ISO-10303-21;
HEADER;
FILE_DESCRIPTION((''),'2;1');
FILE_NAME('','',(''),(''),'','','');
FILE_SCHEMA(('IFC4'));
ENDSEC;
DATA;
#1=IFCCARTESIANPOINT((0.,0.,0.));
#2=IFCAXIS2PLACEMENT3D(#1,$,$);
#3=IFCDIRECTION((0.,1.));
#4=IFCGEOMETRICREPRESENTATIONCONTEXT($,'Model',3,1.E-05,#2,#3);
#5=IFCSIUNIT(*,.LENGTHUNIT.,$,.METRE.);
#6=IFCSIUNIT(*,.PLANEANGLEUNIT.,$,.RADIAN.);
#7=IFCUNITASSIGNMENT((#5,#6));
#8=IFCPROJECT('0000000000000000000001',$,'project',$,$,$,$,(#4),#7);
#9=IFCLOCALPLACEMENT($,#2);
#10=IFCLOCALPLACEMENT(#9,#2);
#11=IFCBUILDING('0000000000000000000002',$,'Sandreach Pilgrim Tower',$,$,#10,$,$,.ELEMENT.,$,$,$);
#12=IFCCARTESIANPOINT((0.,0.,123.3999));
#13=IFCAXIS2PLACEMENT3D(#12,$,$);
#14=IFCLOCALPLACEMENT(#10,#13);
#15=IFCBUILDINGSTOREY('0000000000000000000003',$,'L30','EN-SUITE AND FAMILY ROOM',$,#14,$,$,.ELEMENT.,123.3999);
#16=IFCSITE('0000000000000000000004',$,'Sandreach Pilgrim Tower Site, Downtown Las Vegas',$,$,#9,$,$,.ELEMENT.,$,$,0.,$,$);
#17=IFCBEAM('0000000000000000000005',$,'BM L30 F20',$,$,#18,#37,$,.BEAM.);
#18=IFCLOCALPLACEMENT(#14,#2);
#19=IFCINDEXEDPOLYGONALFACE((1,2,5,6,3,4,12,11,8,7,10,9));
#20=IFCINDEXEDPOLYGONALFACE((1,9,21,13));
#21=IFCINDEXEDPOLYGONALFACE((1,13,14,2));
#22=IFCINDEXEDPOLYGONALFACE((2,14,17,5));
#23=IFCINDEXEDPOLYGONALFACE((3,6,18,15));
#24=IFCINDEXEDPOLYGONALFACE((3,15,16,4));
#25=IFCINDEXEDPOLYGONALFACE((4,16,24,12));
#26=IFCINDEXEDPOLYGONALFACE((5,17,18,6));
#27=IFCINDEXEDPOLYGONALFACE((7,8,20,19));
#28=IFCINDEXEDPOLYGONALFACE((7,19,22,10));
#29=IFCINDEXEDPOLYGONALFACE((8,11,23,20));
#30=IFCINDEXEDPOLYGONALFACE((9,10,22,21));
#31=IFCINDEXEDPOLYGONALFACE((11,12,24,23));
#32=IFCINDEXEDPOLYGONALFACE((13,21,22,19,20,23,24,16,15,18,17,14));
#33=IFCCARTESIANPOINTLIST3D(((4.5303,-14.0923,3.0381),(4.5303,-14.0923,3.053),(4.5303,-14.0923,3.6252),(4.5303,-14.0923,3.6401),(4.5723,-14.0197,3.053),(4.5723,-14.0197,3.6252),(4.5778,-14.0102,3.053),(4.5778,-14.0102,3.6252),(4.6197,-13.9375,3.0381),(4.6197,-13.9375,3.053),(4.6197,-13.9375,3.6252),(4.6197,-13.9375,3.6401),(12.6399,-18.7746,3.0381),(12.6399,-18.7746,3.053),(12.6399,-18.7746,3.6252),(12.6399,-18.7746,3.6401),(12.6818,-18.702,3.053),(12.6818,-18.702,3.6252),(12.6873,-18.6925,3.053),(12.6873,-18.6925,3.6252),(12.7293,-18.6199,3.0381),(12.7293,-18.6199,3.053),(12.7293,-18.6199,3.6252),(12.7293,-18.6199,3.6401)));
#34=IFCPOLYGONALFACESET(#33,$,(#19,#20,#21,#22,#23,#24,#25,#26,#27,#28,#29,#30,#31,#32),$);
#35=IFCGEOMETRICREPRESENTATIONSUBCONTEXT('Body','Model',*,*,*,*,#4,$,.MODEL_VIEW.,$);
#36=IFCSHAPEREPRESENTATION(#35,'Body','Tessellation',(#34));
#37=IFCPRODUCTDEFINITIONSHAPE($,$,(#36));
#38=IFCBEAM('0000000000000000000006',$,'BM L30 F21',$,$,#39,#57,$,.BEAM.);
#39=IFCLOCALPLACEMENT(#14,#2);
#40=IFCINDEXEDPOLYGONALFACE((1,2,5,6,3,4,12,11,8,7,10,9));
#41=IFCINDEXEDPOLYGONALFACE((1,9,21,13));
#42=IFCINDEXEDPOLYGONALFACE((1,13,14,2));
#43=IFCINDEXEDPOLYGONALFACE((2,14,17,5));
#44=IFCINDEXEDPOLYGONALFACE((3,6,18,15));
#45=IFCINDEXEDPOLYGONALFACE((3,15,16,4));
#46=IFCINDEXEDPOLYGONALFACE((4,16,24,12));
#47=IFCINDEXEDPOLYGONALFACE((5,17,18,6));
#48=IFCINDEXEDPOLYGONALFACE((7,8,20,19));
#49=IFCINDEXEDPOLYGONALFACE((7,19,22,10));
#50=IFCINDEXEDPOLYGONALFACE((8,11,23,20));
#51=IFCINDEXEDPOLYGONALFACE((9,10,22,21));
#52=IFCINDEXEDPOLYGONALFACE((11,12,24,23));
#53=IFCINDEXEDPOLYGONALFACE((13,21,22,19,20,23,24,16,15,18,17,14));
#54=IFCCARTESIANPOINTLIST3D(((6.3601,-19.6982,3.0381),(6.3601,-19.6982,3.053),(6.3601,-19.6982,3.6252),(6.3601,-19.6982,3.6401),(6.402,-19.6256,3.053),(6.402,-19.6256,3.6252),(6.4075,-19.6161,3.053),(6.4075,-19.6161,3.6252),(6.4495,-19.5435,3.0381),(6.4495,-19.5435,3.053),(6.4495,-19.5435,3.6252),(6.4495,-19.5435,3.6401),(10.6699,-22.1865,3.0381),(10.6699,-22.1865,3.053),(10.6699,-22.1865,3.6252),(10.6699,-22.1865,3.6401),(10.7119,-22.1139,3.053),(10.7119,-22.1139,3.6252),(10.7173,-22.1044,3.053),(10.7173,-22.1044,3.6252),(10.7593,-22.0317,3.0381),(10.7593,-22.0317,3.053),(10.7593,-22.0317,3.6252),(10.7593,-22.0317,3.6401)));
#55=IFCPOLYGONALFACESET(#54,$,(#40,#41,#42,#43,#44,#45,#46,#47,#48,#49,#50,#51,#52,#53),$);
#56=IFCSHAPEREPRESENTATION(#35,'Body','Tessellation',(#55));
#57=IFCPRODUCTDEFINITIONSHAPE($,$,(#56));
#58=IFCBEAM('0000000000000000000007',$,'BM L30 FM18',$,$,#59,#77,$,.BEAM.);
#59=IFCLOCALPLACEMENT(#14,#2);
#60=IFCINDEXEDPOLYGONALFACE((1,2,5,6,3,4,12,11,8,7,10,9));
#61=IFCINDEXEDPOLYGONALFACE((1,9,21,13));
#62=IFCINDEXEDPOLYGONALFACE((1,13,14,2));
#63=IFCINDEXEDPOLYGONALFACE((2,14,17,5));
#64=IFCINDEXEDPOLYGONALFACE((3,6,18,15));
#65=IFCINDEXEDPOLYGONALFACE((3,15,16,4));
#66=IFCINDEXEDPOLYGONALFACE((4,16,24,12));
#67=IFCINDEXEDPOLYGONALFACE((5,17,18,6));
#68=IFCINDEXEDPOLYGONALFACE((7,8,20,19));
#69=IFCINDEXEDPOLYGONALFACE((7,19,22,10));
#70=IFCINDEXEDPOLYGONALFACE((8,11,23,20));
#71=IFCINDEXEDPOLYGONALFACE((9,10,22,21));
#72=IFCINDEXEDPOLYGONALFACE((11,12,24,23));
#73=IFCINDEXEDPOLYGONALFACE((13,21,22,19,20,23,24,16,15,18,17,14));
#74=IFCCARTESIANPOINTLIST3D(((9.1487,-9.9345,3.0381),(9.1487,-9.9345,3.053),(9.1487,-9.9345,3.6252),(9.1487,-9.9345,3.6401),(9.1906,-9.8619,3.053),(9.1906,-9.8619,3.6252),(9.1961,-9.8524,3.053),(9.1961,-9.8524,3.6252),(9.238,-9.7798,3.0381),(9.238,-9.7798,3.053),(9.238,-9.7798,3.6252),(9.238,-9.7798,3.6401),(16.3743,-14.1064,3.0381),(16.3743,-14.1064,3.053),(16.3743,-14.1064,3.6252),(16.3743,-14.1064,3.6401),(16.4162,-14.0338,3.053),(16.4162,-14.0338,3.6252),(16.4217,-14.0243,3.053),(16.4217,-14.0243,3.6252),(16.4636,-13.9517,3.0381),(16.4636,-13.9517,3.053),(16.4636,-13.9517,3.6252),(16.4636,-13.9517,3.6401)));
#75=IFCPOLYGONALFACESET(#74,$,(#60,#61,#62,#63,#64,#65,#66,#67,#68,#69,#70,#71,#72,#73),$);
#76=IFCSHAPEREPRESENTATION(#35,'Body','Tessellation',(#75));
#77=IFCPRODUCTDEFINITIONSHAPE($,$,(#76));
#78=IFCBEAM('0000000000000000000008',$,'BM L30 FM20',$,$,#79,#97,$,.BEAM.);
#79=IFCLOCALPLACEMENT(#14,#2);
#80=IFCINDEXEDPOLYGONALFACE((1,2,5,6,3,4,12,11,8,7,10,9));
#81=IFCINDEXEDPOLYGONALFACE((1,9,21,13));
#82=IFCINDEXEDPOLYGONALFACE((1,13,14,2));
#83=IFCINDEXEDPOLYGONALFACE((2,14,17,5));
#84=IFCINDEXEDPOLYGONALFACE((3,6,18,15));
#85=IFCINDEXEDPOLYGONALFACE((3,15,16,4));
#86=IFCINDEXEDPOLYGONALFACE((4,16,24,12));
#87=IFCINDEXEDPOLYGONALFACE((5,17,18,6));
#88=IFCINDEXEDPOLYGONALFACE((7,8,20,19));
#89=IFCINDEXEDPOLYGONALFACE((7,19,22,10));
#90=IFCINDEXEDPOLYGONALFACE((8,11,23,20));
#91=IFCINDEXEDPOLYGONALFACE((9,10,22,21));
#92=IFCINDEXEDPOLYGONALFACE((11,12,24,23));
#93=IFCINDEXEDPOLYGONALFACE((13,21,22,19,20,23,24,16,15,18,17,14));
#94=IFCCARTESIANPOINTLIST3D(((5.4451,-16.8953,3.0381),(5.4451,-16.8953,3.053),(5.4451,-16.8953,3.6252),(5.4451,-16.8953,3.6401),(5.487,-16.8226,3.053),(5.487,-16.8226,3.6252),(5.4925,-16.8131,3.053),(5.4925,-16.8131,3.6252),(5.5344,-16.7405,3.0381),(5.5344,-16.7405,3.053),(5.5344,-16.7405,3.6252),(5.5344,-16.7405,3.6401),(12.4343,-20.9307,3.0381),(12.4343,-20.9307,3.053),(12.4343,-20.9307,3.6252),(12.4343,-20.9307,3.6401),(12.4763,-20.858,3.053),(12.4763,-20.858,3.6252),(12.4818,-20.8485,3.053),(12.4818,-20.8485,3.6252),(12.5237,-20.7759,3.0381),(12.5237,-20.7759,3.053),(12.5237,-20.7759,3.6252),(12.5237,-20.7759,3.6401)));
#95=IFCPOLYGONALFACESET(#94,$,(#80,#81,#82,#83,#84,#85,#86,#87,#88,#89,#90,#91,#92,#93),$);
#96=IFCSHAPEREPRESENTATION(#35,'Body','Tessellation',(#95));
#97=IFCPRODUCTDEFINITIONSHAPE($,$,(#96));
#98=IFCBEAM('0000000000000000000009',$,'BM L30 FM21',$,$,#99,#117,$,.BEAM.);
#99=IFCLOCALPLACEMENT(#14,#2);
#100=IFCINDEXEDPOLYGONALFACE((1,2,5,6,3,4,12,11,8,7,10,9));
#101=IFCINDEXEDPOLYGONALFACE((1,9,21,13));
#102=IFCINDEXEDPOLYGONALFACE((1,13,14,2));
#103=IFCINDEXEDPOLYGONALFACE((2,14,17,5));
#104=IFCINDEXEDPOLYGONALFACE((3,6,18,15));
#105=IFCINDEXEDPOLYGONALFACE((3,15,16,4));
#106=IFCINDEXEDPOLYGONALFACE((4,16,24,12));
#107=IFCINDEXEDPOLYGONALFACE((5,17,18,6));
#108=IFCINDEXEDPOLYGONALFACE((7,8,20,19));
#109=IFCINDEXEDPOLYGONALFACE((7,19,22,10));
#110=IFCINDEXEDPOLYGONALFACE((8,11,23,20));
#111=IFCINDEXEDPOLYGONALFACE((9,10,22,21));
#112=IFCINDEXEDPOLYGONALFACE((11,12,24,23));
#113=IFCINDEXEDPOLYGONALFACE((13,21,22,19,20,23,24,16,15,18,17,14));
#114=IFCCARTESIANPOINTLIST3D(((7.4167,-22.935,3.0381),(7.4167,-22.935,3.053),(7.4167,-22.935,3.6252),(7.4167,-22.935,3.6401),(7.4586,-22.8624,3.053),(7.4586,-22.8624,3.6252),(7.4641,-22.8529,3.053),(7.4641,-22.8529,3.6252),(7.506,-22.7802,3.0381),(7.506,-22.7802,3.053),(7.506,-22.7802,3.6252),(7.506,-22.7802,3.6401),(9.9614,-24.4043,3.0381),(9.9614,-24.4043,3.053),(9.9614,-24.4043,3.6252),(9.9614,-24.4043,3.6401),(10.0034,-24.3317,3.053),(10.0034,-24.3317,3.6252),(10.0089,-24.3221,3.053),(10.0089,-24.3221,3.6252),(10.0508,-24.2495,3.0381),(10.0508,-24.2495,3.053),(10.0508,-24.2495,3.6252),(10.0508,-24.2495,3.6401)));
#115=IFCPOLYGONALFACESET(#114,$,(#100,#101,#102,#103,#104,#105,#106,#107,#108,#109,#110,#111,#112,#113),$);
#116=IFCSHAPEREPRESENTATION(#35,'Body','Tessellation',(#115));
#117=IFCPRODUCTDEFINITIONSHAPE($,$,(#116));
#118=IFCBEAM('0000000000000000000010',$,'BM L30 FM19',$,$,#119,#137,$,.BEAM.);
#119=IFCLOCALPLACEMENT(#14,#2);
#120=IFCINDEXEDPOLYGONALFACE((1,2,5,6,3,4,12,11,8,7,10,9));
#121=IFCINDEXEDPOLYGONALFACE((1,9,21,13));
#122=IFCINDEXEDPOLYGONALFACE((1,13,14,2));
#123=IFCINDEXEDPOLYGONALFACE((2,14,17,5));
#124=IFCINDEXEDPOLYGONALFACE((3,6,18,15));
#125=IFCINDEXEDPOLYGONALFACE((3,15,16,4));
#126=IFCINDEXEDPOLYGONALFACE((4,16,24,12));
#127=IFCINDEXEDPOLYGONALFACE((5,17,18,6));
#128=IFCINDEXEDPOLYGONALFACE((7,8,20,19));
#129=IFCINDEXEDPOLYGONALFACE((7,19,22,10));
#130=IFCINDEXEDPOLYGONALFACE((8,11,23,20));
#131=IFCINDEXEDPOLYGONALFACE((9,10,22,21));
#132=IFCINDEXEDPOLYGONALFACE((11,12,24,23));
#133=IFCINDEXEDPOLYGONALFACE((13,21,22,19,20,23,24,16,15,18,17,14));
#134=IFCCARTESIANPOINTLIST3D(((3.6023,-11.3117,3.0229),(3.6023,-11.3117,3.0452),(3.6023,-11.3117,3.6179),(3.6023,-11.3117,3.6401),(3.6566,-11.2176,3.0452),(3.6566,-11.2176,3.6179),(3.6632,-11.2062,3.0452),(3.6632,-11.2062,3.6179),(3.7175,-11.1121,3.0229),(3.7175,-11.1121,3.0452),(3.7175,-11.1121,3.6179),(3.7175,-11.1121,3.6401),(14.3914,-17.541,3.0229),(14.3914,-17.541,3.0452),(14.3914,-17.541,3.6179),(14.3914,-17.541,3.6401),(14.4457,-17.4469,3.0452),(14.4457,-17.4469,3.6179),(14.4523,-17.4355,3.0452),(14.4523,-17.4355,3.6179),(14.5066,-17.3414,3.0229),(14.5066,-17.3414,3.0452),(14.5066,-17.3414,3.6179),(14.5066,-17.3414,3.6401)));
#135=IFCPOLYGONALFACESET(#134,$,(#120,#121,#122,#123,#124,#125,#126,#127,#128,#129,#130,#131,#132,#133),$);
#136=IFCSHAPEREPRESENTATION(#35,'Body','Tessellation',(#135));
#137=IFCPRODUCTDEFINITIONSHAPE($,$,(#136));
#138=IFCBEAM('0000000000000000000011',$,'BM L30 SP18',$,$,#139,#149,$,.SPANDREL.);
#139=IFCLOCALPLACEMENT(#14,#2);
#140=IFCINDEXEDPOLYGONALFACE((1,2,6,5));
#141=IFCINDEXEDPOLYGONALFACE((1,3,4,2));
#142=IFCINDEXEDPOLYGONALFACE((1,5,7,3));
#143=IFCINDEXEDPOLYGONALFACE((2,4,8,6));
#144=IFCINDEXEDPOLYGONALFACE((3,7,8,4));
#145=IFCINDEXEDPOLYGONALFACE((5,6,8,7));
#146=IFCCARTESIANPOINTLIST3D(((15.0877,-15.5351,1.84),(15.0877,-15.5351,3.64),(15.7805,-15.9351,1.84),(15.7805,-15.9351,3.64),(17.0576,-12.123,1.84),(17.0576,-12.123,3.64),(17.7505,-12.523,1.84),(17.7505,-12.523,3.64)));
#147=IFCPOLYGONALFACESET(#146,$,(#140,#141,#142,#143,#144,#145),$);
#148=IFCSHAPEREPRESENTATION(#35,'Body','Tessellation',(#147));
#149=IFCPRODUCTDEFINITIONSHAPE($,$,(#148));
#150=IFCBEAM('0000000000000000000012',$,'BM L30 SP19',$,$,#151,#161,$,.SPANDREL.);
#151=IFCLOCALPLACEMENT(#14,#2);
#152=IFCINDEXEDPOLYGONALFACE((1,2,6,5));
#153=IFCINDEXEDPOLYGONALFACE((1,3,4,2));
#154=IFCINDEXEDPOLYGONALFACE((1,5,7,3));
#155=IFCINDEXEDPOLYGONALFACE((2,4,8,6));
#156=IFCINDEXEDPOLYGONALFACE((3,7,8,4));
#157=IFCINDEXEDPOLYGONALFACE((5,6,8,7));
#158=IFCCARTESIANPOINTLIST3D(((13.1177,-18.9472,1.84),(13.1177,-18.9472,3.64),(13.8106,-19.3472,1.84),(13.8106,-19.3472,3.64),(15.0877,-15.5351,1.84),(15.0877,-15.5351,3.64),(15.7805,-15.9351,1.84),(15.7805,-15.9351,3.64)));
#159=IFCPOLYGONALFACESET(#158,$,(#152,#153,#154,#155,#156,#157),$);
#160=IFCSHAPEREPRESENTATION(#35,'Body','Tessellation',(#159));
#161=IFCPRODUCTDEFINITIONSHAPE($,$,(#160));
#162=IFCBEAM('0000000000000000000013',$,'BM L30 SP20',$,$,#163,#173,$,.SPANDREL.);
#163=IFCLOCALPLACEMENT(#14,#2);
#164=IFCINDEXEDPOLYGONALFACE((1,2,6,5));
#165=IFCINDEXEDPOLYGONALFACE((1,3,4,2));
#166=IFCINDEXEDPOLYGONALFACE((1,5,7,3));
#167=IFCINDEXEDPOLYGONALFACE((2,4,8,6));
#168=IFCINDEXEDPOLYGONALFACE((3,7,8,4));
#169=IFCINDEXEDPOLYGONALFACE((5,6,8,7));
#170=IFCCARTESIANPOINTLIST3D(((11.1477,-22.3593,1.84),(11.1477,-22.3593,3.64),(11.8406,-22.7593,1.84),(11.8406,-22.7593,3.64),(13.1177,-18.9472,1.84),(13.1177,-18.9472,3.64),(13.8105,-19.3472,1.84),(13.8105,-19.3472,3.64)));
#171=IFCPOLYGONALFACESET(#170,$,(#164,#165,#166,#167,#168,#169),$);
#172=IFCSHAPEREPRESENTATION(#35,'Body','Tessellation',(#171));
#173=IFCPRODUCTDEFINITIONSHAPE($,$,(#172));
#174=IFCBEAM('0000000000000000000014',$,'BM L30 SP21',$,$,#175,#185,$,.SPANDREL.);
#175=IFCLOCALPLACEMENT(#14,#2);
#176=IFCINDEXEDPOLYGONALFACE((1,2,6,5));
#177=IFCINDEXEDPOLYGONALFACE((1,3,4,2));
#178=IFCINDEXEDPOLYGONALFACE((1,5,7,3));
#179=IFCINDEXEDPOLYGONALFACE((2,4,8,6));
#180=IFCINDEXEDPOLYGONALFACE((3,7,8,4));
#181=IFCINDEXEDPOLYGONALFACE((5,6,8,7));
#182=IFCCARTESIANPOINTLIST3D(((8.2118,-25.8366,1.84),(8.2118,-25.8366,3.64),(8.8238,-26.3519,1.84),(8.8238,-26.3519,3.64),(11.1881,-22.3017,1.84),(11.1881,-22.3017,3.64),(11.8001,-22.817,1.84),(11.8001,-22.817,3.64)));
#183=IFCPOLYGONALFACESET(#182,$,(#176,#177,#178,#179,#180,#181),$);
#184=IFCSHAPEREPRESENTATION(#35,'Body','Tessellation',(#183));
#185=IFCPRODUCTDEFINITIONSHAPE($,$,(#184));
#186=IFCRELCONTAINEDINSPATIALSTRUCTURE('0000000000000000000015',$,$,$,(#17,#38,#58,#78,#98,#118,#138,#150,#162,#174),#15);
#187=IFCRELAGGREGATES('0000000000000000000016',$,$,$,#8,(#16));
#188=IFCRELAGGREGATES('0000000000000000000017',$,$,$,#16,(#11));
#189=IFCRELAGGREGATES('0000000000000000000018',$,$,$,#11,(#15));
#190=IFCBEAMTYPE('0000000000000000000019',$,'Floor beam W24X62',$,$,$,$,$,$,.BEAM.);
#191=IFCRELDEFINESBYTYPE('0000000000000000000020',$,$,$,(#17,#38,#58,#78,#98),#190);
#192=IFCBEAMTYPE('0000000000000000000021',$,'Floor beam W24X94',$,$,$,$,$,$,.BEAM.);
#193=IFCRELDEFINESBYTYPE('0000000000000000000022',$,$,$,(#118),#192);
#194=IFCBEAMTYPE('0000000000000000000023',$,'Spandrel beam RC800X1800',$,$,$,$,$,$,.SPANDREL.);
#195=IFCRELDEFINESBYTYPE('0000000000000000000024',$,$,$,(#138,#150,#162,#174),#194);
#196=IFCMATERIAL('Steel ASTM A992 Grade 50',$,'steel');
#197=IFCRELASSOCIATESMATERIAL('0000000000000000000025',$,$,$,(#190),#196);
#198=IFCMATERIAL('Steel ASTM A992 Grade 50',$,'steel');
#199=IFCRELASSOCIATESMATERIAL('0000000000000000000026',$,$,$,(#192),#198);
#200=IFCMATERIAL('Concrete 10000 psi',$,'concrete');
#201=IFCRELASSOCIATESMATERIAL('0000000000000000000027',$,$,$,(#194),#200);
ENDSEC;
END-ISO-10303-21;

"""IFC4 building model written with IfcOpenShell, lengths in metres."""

from ifc_helpers import new_model, si_unit, direction, frame, origin, origin_2d, place, context, subcontext, project, spatial, rectangle, i_section, extrude, material, material_profile, profile_set, type_object, element, save


model = new_model("IFC4")

# Units and contexts
model_context = context("Model", 3, precision=1e-05, world=origin(), true_north=direction((0.0, 1.0)))
body_context = subcontext(model_context, "Body", "Model", "MODEL_VIEW")
ifc_project = project(units=[si_unit("LENGTHUNIT", "METRE"), si_unit("PLANEANGLEUNIT", "RADIAN")], contexts=[model_context])

# Site, building, storey
site_placement = place(None, origin())
site = spatial("IfcSite", under=ifc_project, at=site_placement, Name="Sandreach Pilgrim Tower Site, Downtown Las Vegas", CompositionType="ELEMENT", RefElevation=0.0)
building_placement = place(site_placement, origin())
building = spatial("IfcBuilding", under=site, at=building_placement, Name="Sandreach Pilgrim Tower", CompositionType="ELEMENT")
storey_placement = place(building_placement, frame((0.0, 0.0, 123.3999)))
storey = spatial("IfcBuildingStorey", under=building, at=storey_placement, Name="L30", Description="EN-SUITE AND FAMILY ROOM", CompositionType="ELEMENT", Elevation=123.3999)

# Beams
ifc_material_1 = material(Name="Steel ASTM A992 Grade 50", Category="steel")
ifc_material_profile_1 = material_profile(ifc_material_1, i_section(OverallWidth=0.1787, OverallDepth=0.6021, WebThickness=0.011, FlangeThickness=0.0149, at=origin_2d()), Name="W24X62")
ifc_profile_set_1 = profile_set([ifc_material_profile_1], Name="Steel ASTM A992 Grade 50")
beam_type_1 = type_object("IfcBeamType", Name="Floor beam W24X62", PredefinedType="BEAM", material=ifc_profile_set_1)
beam_1_placement = place(storey_placement, frame((12.6846, -18.6973, 3.3391), z_axis=(-0.866012, 0.500023, 0.0), x_axis=(-0.500023, -0.866012, 0.0)))
element("IfcBeam", 1, at=beam_1_placement, inside=storey, type_object=beam_type_1, Name="BM L30 F20", PredefinedType="BEAM", context=body_context, shape_type="SweptSolid", body=[
    extrude(i_section(OverallWidth=0.1787, OverallDepth=0.6021, WebThickness=0.011, FlangeThickness=0.0149, at=origin_2d()), origin(), (0.0, 0.0, 1.0), 9.3643),
])
beam_2_placement = place(storey_placement, frame((10.7146, -22.1091, 3.3391), z_axis=(-0.866025, 0.500001, 0.0), x_axis=(-0.500001, -0.866025, 0.0)))
element("IfcBeam", 2, at=beam_2_placement, inside=storey, type_object=beam_type_1, Name="BM L30 F21", PredefinedType="BEAM", context=body_context, shape_type="SweptSolid", body=[
    extrude(i_section(OverallWidth=0.1787, OverallDepth=0.6021, WebThickness=0.011, FlangeThickness=0.0149, at=origin_2d()), origin(), (0.0, 0.0, 1.0), 4.9766),
])
beam_3_placement = place(storey_placement, frame((16.4189, -14.0291, 3.3391), z_axis=(-0.866016, 0.500016, 0.0), x_axis=(-0.500016, -0.866016, 0.0)))
element("IfcBeam", 3, at=beam_3_placement, inside=storey, type_object=beam_type_1, Name="BM L30 FM18", PredefinedType="BEAM", context=body_context, shape_type="SweptSolid", body=[
    extrude(i_section(OverallWidth=0.1787, OverallDepth=0.6021, WebThickness=0.011, FlangeThickness=0.0149, at=origin_2d()), origin(), (0.0, 0.0, 1.0), 8.3435),
])
beam_4_placement = place(storey_placement, frame((12.479, -20.8533, 3.3391), z_axis=(-0.866017, 0.500014, 0.0), x_axis=(-0.500014, -0.866017, 0.0)))
element("IfcBeam", 4, at=beam_4_placement, inside=storey, type_object=beam_type_1, Name="BM L30 FM20", PredefinedType="BEAM", context=body_context, shape_type="SweptSolid", body=[
    extrude(i_section(OverallWidth=0.1787, OverallDepth=0.6021, WebThickness=0.011, FlangeThickness=0.0149, at=origin_2d()), origin(), (0.0, 0.0, 1.0), 8.0706),
])
beam_5_placement = place(storey_placement, frame((10.0061, -24.3269, 3.3391), z_axis=(-0.866015, 0.500017, 0.0), x_axis=(-0.500017, -0.866015, 0.0)))
element("IfcBeam", 5, at=beam_5_placement, inside=storey, type_object=beam_type_1, Name="BM L30 FM21", PredefinedType="BEAM", context=body_context, shape_type="SweptSolid", body=[
    extrude(i_section(OverallWidth=0.1787, OverallDepth=0.6021, WebThickness=0.011, FlangeThickness=0.0149, at=origin_2d()), origin(), (0.0, 0.0, 1.0), 2.9385),
])
ifc_material_2 = material(Name="Steel ASTM A992 Grade 50", Category="steel")
ifc_material_profile_2 = material_profile(ifc_material_2, i_section(OverallWidth=0.2305, OverallDepth=0.6172, WebThickness=0.0132, FlangeThickness=0.0222, at=origin_2d()), Name="W24X94")
ifc_profile_set_2 = profile_set([ifc_material_profile_2], Name="Steel ASTM A992 Grade 50")
beam_type_2 = type_object("IfcBeamType", Name="Floor beam W24X94", PredefinedType="BEAM", material=ifc_profile_set_2)
beam_6_placement = place(storey_placement, frame((14.449, -17.4412, 3.3315), z_axis=(-0.866019, 0.500011, 0.0), x_axis=(-0.500011, -0.866019, 0.0)))
element("IfcBeam", 6, at=beam_6_placement, inside=storey, type_object=beam_type_2, Name="BM L30 FM19", PredefinedType="BEAM", context=body_context, shape_type="SweptSolid", body=[
    extrude(i_section(OverallWidth=0.2305, OverallDepth=0.6172, WebThickness=0.0132, FlangeThickness=0.0222, at=origin_2d()), origin(), (0.0, 0.0, 1.0), 12.4583),
])
ifc_material_3 = material(Name="Concrete 10000 psi", Category="concrete")
ifc_material_profile_3 = material_profile(ifc_material_3, rectangle(XDim=0.8, YDim=1.8, at=origin_2d()), Name="RC800X1800")
ifc_profile_set_3 = profile_set([ifc_material_profile_3], Name="Concrete 10000 psi")
beam_type_3 = type_object("IfcBeamType", Name="Spandrel beam RC800X1800", PredefinedType="SPANDREL", material=ifc_profile_set_3)
for number, where, z_axis, x_axis, name in (
    (7, (17.4041, -12.323, 2.74), (-0.499998, -0.866027, 0.0), (0.866027, -0.499998, 0.0), "BM L30 SP18"),
    (8, (15.4341, -15.7351, 2.74), (-0.499998, -0.866027, 0.0), (0.866027, -0.499998, 0.0), "BM L30 SP19"),
    (9, (13.4641, -19.1472, 2.74), (-0.499998, -0.866027, 0.0), (0.866027, -0.499998, 0.0), "BM L30 SP20"),
):
    element("IfcBeam", number, at=place(storey_placement, frame(where, z_axis=z_axis, x_axis=x_axis)), inside=storey, type_object=beam_type_3, Name=name, PredefinedType="SPANDREL", context=body_context, shape_type="SweptSolid", body=[
        extrude(rectangle(XDim=0.8, YDim=1.8, at=origin_2d()), origin(), (0.0, 0.0, 1.0), 3.9399),
    ])
beam_7_placement = place(storey_placement, frame((11.4941, -22.5593, 2.74), z_axis=(-0.644079, -0.764959, 0.0), x_axis=(0.764959, -0.644079, 0.0)))
element("IfcBeam", 10, at=beam_7_placement, inside=storey, type_object=beam_type_3, Name="BM L30 SP21", PredefinedType="SPANDREL", context=body_context, shape_type="SweptSolid", body=[
    extrude(rectangle(XDim=0.8, YDim=1.8, at=origin_2d()), origin(), (0.0, 0.0, 1.0), 4.6211),
])

save(model, "model.ifc")
